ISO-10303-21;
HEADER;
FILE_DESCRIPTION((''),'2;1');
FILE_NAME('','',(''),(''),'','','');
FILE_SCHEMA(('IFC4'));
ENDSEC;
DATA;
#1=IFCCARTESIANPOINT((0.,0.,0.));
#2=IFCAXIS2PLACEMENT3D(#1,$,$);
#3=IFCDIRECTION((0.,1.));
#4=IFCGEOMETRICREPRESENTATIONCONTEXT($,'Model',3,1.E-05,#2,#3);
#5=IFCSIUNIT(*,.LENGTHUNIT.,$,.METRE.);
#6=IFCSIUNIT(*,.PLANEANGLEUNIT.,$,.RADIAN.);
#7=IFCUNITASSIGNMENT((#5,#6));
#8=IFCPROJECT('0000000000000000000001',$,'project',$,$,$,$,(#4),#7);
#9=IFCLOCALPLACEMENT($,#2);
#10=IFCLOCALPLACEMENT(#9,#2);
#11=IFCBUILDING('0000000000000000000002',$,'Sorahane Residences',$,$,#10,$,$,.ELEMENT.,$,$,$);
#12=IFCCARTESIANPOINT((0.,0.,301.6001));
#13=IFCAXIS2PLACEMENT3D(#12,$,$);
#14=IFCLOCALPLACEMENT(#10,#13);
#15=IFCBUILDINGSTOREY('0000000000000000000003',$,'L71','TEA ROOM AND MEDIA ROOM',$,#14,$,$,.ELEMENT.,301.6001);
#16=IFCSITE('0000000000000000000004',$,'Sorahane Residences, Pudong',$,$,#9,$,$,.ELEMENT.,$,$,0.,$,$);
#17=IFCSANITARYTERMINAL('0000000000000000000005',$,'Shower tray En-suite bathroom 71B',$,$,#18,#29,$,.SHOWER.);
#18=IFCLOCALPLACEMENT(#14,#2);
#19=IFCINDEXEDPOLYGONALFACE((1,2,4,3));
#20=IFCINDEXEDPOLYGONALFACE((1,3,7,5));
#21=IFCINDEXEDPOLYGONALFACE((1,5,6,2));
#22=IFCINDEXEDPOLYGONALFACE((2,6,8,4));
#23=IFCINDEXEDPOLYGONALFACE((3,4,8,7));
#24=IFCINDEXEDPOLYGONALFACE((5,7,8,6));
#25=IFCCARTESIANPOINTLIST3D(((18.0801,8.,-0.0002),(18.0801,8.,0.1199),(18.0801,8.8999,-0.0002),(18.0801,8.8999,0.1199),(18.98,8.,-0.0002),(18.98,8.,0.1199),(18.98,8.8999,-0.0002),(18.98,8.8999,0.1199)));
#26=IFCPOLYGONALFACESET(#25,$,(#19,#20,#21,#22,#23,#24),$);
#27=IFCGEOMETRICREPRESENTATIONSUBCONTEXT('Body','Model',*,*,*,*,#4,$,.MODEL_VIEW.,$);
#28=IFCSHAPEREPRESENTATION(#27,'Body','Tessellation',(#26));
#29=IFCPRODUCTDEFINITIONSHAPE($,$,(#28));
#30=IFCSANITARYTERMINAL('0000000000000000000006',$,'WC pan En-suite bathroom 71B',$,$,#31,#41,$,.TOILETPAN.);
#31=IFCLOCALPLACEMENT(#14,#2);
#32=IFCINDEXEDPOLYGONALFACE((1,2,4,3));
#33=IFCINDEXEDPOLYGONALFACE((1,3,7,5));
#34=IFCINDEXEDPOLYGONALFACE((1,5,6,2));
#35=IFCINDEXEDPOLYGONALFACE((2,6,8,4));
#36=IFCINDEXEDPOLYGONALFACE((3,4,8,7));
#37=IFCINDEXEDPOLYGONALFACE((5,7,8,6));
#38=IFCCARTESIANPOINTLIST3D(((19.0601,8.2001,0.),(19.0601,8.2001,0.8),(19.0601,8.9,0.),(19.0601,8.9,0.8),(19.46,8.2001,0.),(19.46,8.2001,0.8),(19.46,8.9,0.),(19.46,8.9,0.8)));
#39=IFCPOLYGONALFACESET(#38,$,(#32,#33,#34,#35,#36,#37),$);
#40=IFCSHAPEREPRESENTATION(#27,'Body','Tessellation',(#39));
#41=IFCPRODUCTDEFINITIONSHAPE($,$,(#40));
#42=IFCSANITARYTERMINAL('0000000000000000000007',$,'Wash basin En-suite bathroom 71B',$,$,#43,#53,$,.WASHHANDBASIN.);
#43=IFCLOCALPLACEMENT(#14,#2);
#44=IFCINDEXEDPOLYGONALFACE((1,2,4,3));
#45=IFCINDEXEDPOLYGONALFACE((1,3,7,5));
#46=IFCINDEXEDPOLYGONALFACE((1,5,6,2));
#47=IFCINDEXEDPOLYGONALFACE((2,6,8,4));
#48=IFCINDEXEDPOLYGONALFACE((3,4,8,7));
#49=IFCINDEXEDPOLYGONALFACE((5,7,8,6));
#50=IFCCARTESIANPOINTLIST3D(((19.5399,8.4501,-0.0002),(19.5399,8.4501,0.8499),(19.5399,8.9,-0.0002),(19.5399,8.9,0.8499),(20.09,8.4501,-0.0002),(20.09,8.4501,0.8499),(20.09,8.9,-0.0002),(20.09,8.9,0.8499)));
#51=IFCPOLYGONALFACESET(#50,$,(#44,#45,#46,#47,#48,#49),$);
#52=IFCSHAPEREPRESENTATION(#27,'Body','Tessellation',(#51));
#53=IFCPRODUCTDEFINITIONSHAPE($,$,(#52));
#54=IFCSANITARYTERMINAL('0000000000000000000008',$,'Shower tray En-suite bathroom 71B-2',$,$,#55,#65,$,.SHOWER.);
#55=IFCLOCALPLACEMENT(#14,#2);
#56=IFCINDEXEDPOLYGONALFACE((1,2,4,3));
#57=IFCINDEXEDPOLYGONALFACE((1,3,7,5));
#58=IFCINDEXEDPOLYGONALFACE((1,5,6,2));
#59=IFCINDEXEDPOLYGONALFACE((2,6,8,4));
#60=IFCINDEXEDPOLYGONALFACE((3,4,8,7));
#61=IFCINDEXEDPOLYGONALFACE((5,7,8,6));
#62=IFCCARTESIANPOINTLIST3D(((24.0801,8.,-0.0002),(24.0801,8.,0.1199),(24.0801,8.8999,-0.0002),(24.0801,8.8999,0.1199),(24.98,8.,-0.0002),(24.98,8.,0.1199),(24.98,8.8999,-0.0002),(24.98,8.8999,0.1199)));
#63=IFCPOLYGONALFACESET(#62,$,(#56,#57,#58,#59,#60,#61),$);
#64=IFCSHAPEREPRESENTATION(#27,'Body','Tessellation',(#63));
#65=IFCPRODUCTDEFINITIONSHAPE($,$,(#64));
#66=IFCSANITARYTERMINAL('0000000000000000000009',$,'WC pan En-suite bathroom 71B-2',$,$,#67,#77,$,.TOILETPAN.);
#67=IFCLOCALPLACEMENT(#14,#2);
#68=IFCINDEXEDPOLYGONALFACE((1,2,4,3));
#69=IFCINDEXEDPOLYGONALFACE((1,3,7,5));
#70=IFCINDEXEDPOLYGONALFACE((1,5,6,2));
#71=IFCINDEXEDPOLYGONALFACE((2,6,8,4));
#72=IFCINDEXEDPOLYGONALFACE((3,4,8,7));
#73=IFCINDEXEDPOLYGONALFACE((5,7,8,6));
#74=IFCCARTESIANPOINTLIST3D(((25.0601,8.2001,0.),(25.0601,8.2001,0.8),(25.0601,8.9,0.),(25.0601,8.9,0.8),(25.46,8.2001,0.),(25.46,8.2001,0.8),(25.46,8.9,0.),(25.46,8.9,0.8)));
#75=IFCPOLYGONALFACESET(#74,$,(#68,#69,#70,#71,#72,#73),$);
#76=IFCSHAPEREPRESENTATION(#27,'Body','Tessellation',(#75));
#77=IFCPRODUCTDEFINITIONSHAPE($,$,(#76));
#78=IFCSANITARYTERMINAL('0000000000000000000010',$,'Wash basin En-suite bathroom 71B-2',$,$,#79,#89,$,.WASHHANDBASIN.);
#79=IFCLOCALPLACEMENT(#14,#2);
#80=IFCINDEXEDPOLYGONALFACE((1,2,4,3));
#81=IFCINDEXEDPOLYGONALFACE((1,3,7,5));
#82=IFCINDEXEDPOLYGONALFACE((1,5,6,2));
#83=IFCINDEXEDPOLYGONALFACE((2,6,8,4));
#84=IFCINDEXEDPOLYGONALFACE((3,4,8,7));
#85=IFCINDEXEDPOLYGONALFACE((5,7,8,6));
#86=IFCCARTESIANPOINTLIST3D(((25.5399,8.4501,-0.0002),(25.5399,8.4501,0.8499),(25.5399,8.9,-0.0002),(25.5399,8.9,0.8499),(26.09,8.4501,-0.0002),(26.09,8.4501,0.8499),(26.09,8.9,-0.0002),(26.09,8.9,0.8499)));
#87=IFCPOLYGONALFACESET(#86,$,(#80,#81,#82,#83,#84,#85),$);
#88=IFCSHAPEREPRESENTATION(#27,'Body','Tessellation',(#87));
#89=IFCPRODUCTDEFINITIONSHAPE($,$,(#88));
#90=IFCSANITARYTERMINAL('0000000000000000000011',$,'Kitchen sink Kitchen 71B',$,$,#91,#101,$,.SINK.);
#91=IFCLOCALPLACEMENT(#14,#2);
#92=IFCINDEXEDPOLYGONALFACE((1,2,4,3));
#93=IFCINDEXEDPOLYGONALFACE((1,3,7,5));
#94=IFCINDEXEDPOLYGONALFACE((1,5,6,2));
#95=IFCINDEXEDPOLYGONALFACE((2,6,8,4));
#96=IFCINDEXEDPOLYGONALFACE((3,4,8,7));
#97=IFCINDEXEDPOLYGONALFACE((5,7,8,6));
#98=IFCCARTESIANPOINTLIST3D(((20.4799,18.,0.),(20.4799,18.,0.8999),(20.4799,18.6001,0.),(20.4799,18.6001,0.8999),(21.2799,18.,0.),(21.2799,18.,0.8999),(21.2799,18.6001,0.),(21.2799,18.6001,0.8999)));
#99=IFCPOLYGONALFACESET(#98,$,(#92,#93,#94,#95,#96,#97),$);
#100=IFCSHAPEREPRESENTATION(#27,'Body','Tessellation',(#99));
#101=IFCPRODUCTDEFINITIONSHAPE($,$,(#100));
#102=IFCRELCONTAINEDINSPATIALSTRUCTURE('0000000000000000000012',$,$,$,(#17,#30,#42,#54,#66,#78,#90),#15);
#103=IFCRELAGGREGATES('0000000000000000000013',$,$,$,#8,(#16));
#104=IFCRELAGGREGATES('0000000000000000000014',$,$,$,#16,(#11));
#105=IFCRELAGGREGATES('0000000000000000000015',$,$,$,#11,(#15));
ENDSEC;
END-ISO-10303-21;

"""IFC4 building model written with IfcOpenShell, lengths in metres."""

from ifc_helpers import new_model, si_unit, direction, frame, origin, origin_2d, place, context, subcontext, project, spatial, rectangle, extrude, element, save


model = new_model("IFC4")

# Units and contexts
model_context = context("Model", 3, precision=1e-05, world=origin(), true_north=direction((0.0, 1.0)))
body_context = subcontext(model_context, "Body", "Model", "MODEL_VIEW")
ifc_project = project(units=[si_unit("LENGTHUNIT", "METRE"), si_unit("PLANEANGLEUNIT", "RADIAN")], contexts=[model_context])

# Site, building, storey
site_placement = place(None, origin())
site = spatial("IfcSite", under=ifc_project, at=site_placement, Name="Sorahane Residences, Pudong", CompositionType="ELEMENT", RefElevation=0.0)
building_placement = place(site_placement, origin())
building = spatial("IfcBuilding", under=site, at=building_placement, Name="Sorahane Residences", CompositionType="ELEMENT")
storey_placement = place(building_placement, frame((0.0, 0.0, 301.6001)))
storey = spatial("IfcBuildingStorey", under=building, at=storey_placement, Name="L71", Description="TEA ROOM AND MEDIA ROOM", CompositionType="ELEMENT", Elevation=301.6001)

# Sanitary terminals
sanitary_terminal_1_placement = place(storey_placement, frame((18.53, 8.45, -0.0002), z_axis=(0.0, 0.0, 1.0), x_axis=(1.0, 0.0, 0.0)))
element("IfcSanitaryTerminal", 1, at=sanitary_terminal_1_placement, inside=storey, Name="Shower tray En-suite bathroom 71B", PredefinedType="SHOWER", context=body_context, shape_type="SweptSolid", body=[
    extrude(rectangle(XDim=0.8999, YDim=0.8999, at=origin_2d()), origin(), (0.0, 0.0, 1.0), 0.1201),
])
sanitary_terminal_2_placement = place(storey_placement, frame((19.26, 8.55, 0.0), z_axis=(0.0, 0.0, 1.0), x_axis=(1.0, 0.0, 0.0)))
element("IfcSanitaryTerminal", 2, at=sanitary_terminal_2_placement, inside=storey, Name="WC pan En-suite bathroom 71B", PredefinedType="TOILETPAN", context=body_context, shape_type="SweptSolid", body=[
    extrude(rectangle(XDim=0.3999, YDim=0.7, at=origin_2d()), origin(), (0.0, 0.0, 1.0), 0.8),
])
sanitary_terminal_3_placement = place(storey_placement, frame((19.8149, 8.675, -0.0002), z_axis=(0.0, 0.0, 1.0), x_axis=(1.0, 0.0, 0.0)))
element("IfcSanitaryTerminal", 3, at=sanitary_terminal_3_placement, inside=storey, Name="Wash basin En-suite bathroom 71B", PredefinedType="WASHHANDBASIN", context=body_context, shape_type="SweptSolid", body=[
    extrude(rectangle(XDim=0.55, YDim=0.45, at=origin_2d()), origin(), (0.0, 0.0, 1.0), 0.8501),
])
sanitary_terminal_4_placement = place(storey_placement, frame((24.53, 8.45, -0.0002), z_axis=(0.0, 0.0, 1.0), x_axis=(1.0, 0.0, 0.0)))
element("IfcSanitaryTerminal", 4, at=sanitary_terminal_4_placement, inside=storey, Name="Shower tray En-suite bathroom 71B-2", PredefinedType="SHOWER", context=body_context, shape_type="SweptSolid", body=[
    extrude(rectangle(XDim=0.8999, YDim=0.8999, at=origin_2d()), origin(), (0.0, 0.0, 1.0), 0.1201),
])
sanitary_terminal_5_placement = place(storey_placement, frame((25.26, 8.55, 0.0), z_axis=(0.0, 0.0, 1.0), x_axis=(1.0, 0.0, 0.0)))
element("IfcSanitaryTerminal", 5, at=sanitary_terminal_5_placement, inside=storey, Name="WC pan En-suite bathroom 71B-2", PredefinedType="TOILETPAN", context=body_context, shape_type="SweptSolid", body=[
    extrude(rectangle(XDim=0.3999, YDim=0.7, at=origin_2d()), origin(), (0.0, 0.0, 1.0), 0.8),
])
sanitary_terminal_6_placement = place(storey_placement, frame((25.8149, 8.675, -0.0002), z_axis=(0.0, 0.0, 1.0), x_axis=(1.0, 0.0, 0.0)))
element("IfcSanitaryTerminal", 6, at=sanitary_terminal_6_placement, inside=storey, Name="Wash basin En-suite bathroom 71B-2", PredefinedType="WASHHANDBASIN", context=body_context, shape_type="SweptSolid", body=[
    extrude(rectangle(XDim=0.55, YDim=0.45, at=origin_2d()), origin(), (0.0, 0.0, 1.0), 0.8501),
])
sanitary_terminal_7_placement = place(storey_placement, frame((20.8799, 18.3, 0.0), z_axis=(0.0, 0.0, 1.0), x_axis=(1.0, 0.0, 0.0)))
element("IfcSanitaryTerminal", 7, at=sanitary_terminal_7_placement, inside=storey, Name="Kitchen sink Kitchen 71B", PredefinedType="SINK", context=body_context, shape_type="SweptSolid", body=[
    extrude(rectangle(XDim=0.8, YDim=0.6001, at=origin_2d()), origin(), (0.0, 0.0, 1.0), 0.8999),
])

save(model, "model.ifc")
